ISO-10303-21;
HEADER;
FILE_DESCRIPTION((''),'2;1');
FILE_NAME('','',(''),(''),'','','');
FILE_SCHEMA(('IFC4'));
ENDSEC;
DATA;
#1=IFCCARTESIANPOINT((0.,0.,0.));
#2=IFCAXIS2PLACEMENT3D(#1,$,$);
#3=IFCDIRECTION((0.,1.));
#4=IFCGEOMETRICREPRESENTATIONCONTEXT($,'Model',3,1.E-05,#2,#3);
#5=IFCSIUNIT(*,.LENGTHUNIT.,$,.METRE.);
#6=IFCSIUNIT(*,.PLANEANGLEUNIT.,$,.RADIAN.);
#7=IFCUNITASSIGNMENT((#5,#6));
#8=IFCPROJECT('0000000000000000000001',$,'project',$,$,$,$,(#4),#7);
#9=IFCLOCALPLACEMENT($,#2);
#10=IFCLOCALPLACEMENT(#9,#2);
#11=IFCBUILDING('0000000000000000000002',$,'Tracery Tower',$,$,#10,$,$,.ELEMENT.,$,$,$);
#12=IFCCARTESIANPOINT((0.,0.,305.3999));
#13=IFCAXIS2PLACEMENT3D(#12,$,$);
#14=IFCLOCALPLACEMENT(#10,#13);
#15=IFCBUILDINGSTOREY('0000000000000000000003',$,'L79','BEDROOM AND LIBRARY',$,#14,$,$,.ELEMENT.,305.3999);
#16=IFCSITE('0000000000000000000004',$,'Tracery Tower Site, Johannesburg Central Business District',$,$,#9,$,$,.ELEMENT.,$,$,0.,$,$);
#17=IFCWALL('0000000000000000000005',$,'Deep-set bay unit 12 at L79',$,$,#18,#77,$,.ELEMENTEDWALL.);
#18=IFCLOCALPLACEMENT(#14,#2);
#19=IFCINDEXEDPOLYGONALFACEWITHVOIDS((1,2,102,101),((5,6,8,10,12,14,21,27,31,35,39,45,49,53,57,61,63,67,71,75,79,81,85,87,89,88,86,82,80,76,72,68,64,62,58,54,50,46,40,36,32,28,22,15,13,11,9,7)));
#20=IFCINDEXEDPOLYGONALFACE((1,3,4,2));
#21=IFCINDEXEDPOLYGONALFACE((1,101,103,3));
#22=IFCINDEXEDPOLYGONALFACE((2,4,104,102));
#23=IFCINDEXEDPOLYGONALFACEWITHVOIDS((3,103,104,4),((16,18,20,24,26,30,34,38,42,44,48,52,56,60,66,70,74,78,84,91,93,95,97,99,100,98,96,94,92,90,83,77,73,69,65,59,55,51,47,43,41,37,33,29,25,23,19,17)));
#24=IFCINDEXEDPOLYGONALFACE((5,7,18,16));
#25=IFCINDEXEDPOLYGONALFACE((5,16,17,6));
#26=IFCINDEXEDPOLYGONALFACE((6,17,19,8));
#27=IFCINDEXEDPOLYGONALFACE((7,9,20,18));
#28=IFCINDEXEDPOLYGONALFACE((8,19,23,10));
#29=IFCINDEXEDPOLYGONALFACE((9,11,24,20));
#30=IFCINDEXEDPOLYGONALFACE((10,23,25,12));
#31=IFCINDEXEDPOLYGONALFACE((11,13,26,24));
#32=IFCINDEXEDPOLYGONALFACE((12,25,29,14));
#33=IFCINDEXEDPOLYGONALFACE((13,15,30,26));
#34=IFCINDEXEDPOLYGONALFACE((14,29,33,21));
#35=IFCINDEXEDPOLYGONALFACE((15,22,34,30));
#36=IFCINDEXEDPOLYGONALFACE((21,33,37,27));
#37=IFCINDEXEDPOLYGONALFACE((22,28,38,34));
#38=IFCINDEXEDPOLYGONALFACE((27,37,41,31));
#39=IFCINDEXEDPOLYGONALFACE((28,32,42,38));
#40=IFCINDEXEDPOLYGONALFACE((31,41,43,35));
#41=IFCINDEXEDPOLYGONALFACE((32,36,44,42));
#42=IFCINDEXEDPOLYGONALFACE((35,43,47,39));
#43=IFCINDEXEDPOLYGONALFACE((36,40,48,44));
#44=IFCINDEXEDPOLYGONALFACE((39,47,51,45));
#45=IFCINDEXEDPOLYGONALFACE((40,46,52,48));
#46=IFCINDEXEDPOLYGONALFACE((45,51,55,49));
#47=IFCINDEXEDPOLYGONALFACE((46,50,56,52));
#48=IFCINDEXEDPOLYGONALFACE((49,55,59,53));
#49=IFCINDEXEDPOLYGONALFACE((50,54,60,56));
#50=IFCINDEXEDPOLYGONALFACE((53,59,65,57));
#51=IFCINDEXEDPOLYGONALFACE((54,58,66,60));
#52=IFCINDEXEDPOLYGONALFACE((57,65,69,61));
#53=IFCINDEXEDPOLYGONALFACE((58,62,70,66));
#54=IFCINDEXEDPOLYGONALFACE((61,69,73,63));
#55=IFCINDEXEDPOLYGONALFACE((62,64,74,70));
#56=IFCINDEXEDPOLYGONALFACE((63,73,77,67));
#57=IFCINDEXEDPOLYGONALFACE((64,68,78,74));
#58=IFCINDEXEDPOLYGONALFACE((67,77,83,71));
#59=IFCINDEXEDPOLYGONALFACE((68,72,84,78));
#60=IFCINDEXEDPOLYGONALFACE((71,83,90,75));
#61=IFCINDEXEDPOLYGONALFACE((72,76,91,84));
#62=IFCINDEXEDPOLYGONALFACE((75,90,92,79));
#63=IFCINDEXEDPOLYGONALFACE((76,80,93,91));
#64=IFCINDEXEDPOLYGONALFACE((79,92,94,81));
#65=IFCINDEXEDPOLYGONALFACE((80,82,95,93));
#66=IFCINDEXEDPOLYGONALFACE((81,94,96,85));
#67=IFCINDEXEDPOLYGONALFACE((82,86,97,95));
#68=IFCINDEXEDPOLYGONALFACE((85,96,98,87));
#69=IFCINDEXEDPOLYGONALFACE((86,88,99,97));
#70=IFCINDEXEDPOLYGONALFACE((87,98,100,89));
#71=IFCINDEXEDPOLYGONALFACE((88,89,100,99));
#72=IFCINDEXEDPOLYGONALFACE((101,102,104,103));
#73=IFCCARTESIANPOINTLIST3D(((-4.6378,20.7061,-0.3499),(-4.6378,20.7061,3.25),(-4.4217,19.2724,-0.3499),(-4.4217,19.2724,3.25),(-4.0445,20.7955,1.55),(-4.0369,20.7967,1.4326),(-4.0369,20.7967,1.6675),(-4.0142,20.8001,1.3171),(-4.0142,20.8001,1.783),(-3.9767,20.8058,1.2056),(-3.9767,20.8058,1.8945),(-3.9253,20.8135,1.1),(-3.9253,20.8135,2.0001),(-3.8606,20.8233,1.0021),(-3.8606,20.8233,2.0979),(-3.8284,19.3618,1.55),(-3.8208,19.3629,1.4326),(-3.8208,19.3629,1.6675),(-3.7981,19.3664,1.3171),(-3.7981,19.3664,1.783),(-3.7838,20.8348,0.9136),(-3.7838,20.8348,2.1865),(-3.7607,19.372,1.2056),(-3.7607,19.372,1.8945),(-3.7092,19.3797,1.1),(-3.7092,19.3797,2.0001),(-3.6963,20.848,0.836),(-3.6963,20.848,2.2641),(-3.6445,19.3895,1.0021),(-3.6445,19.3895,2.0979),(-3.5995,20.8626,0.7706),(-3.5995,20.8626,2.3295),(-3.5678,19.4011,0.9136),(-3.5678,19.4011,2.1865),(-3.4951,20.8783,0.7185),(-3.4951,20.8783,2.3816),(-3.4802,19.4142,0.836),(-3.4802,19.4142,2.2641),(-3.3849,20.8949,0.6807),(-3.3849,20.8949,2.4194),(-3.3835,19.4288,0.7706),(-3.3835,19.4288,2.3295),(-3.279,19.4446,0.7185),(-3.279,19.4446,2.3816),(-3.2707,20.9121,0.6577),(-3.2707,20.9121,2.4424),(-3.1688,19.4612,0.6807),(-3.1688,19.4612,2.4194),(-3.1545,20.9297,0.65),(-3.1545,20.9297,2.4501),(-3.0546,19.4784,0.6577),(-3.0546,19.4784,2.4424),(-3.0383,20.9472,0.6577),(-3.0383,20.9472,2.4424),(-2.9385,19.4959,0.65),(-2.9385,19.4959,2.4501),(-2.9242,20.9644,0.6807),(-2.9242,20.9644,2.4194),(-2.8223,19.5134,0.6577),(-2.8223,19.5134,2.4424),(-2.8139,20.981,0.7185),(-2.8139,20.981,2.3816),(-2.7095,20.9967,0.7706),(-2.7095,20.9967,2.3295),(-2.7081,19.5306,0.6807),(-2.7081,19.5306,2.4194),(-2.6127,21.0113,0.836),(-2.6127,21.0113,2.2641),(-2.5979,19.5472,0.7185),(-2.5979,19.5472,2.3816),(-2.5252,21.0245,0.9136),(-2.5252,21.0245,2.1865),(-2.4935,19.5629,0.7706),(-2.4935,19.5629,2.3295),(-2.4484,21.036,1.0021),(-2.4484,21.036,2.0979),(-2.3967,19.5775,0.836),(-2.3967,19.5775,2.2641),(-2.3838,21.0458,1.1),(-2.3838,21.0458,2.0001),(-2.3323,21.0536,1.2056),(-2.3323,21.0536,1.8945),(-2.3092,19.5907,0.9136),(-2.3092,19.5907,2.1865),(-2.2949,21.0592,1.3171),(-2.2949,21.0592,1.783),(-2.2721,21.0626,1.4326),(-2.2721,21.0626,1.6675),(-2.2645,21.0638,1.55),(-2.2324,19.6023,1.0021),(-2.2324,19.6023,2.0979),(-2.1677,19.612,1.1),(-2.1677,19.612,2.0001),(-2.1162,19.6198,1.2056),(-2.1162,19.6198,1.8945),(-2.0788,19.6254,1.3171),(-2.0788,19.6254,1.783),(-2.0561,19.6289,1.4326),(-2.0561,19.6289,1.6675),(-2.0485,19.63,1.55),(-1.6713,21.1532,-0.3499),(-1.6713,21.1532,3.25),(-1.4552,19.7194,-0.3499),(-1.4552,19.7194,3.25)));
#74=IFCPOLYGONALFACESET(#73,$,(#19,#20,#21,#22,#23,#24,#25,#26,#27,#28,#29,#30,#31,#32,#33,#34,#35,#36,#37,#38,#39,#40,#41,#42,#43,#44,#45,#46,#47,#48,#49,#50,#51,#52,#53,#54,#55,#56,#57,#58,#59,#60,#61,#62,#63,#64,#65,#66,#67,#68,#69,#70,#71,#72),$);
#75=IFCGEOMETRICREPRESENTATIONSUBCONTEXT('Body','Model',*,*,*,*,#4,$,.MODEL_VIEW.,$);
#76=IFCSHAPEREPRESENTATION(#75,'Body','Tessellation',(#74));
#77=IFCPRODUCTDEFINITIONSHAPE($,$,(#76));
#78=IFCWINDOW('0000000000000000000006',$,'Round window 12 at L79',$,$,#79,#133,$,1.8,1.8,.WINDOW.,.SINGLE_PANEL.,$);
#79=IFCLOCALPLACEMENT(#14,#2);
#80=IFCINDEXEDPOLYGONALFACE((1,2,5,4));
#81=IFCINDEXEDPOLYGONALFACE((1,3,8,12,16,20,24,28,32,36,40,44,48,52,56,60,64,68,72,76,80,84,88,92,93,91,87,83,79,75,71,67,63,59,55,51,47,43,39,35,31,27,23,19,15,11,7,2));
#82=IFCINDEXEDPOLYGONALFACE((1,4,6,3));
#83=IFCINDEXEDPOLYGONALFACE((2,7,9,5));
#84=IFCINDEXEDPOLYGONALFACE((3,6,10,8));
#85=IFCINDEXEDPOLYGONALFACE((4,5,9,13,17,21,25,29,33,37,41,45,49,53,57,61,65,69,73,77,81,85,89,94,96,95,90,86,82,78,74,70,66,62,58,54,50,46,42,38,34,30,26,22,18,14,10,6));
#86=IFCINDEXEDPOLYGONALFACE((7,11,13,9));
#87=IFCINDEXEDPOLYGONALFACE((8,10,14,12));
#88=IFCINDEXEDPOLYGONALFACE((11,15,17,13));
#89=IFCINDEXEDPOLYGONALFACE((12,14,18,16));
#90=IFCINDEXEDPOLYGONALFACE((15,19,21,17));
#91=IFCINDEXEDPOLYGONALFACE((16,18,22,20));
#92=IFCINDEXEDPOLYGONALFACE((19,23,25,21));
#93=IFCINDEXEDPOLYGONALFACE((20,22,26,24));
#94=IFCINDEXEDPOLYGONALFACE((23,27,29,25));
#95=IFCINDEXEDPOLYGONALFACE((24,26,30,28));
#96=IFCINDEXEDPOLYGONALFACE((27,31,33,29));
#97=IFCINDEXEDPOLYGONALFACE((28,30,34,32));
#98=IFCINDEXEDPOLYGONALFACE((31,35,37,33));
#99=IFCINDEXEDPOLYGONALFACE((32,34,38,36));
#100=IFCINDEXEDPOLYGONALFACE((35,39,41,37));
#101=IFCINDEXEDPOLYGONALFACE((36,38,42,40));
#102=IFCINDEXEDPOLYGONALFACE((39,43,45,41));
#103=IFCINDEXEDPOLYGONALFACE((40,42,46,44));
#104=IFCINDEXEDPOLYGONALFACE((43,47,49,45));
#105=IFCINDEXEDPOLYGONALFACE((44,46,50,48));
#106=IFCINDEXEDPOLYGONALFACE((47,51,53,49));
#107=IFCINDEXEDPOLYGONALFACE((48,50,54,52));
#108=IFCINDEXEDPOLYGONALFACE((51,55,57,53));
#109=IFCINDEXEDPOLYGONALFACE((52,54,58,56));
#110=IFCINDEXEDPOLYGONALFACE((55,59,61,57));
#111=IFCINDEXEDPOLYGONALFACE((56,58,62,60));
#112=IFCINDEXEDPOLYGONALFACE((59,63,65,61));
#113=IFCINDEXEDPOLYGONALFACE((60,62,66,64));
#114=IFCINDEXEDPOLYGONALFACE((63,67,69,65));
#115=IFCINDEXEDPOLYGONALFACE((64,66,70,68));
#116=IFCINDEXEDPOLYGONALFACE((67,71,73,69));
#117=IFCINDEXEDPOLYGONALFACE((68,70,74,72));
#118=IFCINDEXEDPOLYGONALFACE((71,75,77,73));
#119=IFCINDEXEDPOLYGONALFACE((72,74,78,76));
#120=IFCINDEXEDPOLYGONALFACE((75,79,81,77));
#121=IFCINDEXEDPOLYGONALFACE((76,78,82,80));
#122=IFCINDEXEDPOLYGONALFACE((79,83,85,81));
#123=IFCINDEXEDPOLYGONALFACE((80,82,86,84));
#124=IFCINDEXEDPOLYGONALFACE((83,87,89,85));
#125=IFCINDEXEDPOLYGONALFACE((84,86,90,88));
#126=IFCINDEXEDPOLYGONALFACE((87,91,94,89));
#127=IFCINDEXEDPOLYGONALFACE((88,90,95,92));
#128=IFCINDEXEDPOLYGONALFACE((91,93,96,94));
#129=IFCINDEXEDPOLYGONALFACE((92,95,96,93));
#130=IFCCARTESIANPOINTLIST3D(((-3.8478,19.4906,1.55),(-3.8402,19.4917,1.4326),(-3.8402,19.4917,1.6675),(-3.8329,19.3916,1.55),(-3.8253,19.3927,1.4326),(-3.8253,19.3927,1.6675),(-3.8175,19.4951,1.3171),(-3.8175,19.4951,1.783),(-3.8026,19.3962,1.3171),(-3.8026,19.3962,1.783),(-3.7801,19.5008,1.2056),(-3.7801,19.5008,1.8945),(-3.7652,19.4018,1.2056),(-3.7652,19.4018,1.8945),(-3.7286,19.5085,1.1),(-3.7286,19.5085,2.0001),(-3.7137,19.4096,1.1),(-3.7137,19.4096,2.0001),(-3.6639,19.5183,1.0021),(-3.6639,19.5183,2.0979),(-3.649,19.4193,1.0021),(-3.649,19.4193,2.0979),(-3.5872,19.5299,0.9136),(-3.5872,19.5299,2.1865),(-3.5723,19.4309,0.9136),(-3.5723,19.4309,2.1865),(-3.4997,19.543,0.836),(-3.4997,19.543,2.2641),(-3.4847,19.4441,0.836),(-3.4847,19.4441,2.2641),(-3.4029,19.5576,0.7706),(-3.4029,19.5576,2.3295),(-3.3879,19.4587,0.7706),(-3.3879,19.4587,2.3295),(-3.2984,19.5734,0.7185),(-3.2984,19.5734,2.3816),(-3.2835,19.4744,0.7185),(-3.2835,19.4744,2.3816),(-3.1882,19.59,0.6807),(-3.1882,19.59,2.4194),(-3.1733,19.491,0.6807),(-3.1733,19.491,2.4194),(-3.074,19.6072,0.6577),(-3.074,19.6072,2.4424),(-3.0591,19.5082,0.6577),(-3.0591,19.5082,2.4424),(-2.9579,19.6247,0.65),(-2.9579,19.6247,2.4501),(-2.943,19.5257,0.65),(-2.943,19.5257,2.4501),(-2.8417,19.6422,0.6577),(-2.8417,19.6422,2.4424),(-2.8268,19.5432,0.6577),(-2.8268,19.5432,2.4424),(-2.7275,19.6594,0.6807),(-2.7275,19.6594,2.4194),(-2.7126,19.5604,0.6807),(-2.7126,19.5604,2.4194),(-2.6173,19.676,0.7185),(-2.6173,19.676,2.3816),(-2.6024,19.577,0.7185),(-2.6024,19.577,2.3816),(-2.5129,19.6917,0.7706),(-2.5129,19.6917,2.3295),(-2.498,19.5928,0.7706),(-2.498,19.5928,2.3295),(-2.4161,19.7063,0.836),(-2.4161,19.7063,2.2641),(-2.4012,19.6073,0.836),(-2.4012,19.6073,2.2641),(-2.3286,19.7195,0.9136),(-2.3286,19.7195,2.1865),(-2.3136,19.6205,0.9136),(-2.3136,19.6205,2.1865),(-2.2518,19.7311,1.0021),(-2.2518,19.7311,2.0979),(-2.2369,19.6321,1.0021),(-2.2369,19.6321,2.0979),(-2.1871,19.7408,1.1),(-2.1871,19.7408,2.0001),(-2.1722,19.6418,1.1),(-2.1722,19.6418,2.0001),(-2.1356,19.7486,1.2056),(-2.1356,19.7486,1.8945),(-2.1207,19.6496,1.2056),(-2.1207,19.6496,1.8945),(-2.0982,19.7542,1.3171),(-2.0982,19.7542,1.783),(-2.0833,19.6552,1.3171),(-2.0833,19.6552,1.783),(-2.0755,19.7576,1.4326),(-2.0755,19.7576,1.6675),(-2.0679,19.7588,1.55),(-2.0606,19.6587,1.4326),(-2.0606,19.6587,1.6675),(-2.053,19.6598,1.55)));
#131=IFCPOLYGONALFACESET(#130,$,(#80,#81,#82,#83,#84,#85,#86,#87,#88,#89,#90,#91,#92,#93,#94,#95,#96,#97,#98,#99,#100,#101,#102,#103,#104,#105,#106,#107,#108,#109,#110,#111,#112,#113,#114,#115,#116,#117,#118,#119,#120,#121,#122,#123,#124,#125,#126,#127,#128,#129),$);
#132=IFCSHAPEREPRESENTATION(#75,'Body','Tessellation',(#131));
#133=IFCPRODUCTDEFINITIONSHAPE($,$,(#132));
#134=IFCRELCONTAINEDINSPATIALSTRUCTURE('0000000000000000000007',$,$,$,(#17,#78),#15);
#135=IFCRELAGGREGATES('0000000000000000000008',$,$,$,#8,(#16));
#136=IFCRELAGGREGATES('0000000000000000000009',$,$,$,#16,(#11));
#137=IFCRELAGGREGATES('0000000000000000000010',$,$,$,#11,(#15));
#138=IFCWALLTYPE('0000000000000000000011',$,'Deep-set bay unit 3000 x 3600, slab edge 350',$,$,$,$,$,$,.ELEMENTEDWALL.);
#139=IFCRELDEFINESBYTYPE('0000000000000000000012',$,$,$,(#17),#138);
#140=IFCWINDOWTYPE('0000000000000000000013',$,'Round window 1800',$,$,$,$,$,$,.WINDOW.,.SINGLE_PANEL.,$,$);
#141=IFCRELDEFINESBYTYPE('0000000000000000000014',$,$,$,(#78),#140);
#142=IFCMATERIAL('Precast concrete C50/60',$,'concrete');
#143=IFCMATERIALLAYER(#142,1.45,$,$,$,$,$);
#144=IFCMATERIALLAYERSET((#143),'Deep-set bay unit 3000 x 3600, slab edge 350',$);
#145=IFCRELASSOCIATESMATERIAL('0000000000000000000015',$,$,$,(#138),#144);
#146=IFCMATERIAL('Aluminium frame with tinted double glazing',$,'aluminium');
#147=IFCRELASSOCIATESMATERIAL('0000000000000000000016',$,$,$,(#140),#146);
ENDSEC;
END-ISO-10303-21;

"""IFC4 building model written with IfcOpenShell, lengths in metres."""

from ifc_helpers import new_model, si_unit, direction, frame, frame_2d, origin, origin_2d, place, context, subcontext, project, spatial, rectangle, circle, extrude, material, layer, layer_set, type_object, element, fill, save


model = new_model("IFC4")

# Units and contexts
model_context = context("Model", 3, precision=1e-05, world=origin(), true_north=direction((0.0, 1.0)))
body_context = subcontext(model_context, "Body", "Model", "MODEL_VIEW")
ifc_project = project(units=[si_unit("LENGTHUNIT", "METRE"), si_unit("PLANEANGLEUNIT", "RADIAN")], contexts=[model_context])

# Site, building, storey
site_placement = place(None, origin())
site = spatial("IfcSite", under=ifc_project, at=site_placement, Name="Tracery Tower Site, Johannesburg Central Business District", CompositionType="ELEMENT", RefElevation=0.0)
building_placement = place(site_placement, origin())
building = spatial("IfcBuilding", under=site, at=building_placement, Name="Tracery Tower", CompositionType="ELEMENT")
storey_placement = place(building_placement, frame((0.0, 0.0, 305.3999)))
storey = spatial("IfcBuildingStorey", under=building, at=storey_placement, Name="L79", Description="BEDROOM AND LIBRARY", CompositionType="ELEMENT", Elevation=305.3999)

# Wall, opening, window
ifc_material_1 = material(Name="Precast concrete C50/60", Category="concrete")
ifc_layer_1 = layer(ifc_material_1, 1.45)
ifc_layer_set_1 = layer_set([ifc_layer_1], Name="Deep-set bay unit 3000 x 3600, slab edge 350")
wall_type_1 = type_object("IfcWallType", Name="Deep-set bay unit 3000 x 3600, slab edge 350", PredefinedType="ELEMENTEDWALL", material=ifc_layer_set_1)
wall_1_placement = place(storey_placement, frame((-1.5632, 20.4363, -0.3499), z_axis=(0.0, 0.0, 1.0), x_axis=(-0.988836, -0.149005, 0.0)))
wall_1 = element("IfcWall", 1, at=wall_1_placement, inside=storey, type_object=wall_type_1, Name="Deep-set bay unit 12 at L79", PredefinedType="ELEMENTEDWALL", context=body_context, shape_type="SweptSolid", body=[
    extrude(rectangle(XDim=3.0, YDim=1.45, at=frame_2d((1.5, 0.0))), origin(), (0.0, 0.0, 1.0), 3.5999),
])
opening_1_placement = place(wall_1_placement, frame((1.5, 0.0, 1.8999)))
opening_1 = element("IfcOpeningElement", 2, at=opening_1_placement, cuts=wall_1, PredefinedType="OPENING", context=body_context, shape_type="SweptSolid", body=[
    extrude(circle(Radius=0.9, at=origin_2d()), frame((0.0, 0.7349, 0.0), z_axis=(0.0, -1.0, 0.0), x_axis=(1.0, 0.0, 0.0)), (0.0, 0.0, 1.0), 1.47),
])
ifc_material_2 = material(Name="Aluminium frame with tinted double glazing", Category="aluminium")
window_type = type_object("IfcWindowType", Name="Round window 1800", PartitioningType="SINGLE_PANEL", PredefinedType="WINDOW", material=ifc_material_2)
window_1_placement = place(opening_1_placement, origin())
window_1 = element("IfcWindow", 3, at=window_1_placement, inside=storey, type_object=window_type, Name="Round window 12 at L79", OverallHeight=1.8, OverallWidth=1.8, PartitioningType="SINGLE_PANEL", PredefinedType="WINDOW", context=body_context, shape_type="SweptSolid", body=[
    extrude(circle(Radius=0.9, at=origin_2d()), frame((0.0, 0.6948, 0.0), z_axis=(0.0, -1.0, 0.0), x_axis=(1.0, 0.0, 0.0)), (0.0, 0.0, 1.0), 0.1001),
])
fill(opening_1, window_1)

save(model, "model.ifc")
